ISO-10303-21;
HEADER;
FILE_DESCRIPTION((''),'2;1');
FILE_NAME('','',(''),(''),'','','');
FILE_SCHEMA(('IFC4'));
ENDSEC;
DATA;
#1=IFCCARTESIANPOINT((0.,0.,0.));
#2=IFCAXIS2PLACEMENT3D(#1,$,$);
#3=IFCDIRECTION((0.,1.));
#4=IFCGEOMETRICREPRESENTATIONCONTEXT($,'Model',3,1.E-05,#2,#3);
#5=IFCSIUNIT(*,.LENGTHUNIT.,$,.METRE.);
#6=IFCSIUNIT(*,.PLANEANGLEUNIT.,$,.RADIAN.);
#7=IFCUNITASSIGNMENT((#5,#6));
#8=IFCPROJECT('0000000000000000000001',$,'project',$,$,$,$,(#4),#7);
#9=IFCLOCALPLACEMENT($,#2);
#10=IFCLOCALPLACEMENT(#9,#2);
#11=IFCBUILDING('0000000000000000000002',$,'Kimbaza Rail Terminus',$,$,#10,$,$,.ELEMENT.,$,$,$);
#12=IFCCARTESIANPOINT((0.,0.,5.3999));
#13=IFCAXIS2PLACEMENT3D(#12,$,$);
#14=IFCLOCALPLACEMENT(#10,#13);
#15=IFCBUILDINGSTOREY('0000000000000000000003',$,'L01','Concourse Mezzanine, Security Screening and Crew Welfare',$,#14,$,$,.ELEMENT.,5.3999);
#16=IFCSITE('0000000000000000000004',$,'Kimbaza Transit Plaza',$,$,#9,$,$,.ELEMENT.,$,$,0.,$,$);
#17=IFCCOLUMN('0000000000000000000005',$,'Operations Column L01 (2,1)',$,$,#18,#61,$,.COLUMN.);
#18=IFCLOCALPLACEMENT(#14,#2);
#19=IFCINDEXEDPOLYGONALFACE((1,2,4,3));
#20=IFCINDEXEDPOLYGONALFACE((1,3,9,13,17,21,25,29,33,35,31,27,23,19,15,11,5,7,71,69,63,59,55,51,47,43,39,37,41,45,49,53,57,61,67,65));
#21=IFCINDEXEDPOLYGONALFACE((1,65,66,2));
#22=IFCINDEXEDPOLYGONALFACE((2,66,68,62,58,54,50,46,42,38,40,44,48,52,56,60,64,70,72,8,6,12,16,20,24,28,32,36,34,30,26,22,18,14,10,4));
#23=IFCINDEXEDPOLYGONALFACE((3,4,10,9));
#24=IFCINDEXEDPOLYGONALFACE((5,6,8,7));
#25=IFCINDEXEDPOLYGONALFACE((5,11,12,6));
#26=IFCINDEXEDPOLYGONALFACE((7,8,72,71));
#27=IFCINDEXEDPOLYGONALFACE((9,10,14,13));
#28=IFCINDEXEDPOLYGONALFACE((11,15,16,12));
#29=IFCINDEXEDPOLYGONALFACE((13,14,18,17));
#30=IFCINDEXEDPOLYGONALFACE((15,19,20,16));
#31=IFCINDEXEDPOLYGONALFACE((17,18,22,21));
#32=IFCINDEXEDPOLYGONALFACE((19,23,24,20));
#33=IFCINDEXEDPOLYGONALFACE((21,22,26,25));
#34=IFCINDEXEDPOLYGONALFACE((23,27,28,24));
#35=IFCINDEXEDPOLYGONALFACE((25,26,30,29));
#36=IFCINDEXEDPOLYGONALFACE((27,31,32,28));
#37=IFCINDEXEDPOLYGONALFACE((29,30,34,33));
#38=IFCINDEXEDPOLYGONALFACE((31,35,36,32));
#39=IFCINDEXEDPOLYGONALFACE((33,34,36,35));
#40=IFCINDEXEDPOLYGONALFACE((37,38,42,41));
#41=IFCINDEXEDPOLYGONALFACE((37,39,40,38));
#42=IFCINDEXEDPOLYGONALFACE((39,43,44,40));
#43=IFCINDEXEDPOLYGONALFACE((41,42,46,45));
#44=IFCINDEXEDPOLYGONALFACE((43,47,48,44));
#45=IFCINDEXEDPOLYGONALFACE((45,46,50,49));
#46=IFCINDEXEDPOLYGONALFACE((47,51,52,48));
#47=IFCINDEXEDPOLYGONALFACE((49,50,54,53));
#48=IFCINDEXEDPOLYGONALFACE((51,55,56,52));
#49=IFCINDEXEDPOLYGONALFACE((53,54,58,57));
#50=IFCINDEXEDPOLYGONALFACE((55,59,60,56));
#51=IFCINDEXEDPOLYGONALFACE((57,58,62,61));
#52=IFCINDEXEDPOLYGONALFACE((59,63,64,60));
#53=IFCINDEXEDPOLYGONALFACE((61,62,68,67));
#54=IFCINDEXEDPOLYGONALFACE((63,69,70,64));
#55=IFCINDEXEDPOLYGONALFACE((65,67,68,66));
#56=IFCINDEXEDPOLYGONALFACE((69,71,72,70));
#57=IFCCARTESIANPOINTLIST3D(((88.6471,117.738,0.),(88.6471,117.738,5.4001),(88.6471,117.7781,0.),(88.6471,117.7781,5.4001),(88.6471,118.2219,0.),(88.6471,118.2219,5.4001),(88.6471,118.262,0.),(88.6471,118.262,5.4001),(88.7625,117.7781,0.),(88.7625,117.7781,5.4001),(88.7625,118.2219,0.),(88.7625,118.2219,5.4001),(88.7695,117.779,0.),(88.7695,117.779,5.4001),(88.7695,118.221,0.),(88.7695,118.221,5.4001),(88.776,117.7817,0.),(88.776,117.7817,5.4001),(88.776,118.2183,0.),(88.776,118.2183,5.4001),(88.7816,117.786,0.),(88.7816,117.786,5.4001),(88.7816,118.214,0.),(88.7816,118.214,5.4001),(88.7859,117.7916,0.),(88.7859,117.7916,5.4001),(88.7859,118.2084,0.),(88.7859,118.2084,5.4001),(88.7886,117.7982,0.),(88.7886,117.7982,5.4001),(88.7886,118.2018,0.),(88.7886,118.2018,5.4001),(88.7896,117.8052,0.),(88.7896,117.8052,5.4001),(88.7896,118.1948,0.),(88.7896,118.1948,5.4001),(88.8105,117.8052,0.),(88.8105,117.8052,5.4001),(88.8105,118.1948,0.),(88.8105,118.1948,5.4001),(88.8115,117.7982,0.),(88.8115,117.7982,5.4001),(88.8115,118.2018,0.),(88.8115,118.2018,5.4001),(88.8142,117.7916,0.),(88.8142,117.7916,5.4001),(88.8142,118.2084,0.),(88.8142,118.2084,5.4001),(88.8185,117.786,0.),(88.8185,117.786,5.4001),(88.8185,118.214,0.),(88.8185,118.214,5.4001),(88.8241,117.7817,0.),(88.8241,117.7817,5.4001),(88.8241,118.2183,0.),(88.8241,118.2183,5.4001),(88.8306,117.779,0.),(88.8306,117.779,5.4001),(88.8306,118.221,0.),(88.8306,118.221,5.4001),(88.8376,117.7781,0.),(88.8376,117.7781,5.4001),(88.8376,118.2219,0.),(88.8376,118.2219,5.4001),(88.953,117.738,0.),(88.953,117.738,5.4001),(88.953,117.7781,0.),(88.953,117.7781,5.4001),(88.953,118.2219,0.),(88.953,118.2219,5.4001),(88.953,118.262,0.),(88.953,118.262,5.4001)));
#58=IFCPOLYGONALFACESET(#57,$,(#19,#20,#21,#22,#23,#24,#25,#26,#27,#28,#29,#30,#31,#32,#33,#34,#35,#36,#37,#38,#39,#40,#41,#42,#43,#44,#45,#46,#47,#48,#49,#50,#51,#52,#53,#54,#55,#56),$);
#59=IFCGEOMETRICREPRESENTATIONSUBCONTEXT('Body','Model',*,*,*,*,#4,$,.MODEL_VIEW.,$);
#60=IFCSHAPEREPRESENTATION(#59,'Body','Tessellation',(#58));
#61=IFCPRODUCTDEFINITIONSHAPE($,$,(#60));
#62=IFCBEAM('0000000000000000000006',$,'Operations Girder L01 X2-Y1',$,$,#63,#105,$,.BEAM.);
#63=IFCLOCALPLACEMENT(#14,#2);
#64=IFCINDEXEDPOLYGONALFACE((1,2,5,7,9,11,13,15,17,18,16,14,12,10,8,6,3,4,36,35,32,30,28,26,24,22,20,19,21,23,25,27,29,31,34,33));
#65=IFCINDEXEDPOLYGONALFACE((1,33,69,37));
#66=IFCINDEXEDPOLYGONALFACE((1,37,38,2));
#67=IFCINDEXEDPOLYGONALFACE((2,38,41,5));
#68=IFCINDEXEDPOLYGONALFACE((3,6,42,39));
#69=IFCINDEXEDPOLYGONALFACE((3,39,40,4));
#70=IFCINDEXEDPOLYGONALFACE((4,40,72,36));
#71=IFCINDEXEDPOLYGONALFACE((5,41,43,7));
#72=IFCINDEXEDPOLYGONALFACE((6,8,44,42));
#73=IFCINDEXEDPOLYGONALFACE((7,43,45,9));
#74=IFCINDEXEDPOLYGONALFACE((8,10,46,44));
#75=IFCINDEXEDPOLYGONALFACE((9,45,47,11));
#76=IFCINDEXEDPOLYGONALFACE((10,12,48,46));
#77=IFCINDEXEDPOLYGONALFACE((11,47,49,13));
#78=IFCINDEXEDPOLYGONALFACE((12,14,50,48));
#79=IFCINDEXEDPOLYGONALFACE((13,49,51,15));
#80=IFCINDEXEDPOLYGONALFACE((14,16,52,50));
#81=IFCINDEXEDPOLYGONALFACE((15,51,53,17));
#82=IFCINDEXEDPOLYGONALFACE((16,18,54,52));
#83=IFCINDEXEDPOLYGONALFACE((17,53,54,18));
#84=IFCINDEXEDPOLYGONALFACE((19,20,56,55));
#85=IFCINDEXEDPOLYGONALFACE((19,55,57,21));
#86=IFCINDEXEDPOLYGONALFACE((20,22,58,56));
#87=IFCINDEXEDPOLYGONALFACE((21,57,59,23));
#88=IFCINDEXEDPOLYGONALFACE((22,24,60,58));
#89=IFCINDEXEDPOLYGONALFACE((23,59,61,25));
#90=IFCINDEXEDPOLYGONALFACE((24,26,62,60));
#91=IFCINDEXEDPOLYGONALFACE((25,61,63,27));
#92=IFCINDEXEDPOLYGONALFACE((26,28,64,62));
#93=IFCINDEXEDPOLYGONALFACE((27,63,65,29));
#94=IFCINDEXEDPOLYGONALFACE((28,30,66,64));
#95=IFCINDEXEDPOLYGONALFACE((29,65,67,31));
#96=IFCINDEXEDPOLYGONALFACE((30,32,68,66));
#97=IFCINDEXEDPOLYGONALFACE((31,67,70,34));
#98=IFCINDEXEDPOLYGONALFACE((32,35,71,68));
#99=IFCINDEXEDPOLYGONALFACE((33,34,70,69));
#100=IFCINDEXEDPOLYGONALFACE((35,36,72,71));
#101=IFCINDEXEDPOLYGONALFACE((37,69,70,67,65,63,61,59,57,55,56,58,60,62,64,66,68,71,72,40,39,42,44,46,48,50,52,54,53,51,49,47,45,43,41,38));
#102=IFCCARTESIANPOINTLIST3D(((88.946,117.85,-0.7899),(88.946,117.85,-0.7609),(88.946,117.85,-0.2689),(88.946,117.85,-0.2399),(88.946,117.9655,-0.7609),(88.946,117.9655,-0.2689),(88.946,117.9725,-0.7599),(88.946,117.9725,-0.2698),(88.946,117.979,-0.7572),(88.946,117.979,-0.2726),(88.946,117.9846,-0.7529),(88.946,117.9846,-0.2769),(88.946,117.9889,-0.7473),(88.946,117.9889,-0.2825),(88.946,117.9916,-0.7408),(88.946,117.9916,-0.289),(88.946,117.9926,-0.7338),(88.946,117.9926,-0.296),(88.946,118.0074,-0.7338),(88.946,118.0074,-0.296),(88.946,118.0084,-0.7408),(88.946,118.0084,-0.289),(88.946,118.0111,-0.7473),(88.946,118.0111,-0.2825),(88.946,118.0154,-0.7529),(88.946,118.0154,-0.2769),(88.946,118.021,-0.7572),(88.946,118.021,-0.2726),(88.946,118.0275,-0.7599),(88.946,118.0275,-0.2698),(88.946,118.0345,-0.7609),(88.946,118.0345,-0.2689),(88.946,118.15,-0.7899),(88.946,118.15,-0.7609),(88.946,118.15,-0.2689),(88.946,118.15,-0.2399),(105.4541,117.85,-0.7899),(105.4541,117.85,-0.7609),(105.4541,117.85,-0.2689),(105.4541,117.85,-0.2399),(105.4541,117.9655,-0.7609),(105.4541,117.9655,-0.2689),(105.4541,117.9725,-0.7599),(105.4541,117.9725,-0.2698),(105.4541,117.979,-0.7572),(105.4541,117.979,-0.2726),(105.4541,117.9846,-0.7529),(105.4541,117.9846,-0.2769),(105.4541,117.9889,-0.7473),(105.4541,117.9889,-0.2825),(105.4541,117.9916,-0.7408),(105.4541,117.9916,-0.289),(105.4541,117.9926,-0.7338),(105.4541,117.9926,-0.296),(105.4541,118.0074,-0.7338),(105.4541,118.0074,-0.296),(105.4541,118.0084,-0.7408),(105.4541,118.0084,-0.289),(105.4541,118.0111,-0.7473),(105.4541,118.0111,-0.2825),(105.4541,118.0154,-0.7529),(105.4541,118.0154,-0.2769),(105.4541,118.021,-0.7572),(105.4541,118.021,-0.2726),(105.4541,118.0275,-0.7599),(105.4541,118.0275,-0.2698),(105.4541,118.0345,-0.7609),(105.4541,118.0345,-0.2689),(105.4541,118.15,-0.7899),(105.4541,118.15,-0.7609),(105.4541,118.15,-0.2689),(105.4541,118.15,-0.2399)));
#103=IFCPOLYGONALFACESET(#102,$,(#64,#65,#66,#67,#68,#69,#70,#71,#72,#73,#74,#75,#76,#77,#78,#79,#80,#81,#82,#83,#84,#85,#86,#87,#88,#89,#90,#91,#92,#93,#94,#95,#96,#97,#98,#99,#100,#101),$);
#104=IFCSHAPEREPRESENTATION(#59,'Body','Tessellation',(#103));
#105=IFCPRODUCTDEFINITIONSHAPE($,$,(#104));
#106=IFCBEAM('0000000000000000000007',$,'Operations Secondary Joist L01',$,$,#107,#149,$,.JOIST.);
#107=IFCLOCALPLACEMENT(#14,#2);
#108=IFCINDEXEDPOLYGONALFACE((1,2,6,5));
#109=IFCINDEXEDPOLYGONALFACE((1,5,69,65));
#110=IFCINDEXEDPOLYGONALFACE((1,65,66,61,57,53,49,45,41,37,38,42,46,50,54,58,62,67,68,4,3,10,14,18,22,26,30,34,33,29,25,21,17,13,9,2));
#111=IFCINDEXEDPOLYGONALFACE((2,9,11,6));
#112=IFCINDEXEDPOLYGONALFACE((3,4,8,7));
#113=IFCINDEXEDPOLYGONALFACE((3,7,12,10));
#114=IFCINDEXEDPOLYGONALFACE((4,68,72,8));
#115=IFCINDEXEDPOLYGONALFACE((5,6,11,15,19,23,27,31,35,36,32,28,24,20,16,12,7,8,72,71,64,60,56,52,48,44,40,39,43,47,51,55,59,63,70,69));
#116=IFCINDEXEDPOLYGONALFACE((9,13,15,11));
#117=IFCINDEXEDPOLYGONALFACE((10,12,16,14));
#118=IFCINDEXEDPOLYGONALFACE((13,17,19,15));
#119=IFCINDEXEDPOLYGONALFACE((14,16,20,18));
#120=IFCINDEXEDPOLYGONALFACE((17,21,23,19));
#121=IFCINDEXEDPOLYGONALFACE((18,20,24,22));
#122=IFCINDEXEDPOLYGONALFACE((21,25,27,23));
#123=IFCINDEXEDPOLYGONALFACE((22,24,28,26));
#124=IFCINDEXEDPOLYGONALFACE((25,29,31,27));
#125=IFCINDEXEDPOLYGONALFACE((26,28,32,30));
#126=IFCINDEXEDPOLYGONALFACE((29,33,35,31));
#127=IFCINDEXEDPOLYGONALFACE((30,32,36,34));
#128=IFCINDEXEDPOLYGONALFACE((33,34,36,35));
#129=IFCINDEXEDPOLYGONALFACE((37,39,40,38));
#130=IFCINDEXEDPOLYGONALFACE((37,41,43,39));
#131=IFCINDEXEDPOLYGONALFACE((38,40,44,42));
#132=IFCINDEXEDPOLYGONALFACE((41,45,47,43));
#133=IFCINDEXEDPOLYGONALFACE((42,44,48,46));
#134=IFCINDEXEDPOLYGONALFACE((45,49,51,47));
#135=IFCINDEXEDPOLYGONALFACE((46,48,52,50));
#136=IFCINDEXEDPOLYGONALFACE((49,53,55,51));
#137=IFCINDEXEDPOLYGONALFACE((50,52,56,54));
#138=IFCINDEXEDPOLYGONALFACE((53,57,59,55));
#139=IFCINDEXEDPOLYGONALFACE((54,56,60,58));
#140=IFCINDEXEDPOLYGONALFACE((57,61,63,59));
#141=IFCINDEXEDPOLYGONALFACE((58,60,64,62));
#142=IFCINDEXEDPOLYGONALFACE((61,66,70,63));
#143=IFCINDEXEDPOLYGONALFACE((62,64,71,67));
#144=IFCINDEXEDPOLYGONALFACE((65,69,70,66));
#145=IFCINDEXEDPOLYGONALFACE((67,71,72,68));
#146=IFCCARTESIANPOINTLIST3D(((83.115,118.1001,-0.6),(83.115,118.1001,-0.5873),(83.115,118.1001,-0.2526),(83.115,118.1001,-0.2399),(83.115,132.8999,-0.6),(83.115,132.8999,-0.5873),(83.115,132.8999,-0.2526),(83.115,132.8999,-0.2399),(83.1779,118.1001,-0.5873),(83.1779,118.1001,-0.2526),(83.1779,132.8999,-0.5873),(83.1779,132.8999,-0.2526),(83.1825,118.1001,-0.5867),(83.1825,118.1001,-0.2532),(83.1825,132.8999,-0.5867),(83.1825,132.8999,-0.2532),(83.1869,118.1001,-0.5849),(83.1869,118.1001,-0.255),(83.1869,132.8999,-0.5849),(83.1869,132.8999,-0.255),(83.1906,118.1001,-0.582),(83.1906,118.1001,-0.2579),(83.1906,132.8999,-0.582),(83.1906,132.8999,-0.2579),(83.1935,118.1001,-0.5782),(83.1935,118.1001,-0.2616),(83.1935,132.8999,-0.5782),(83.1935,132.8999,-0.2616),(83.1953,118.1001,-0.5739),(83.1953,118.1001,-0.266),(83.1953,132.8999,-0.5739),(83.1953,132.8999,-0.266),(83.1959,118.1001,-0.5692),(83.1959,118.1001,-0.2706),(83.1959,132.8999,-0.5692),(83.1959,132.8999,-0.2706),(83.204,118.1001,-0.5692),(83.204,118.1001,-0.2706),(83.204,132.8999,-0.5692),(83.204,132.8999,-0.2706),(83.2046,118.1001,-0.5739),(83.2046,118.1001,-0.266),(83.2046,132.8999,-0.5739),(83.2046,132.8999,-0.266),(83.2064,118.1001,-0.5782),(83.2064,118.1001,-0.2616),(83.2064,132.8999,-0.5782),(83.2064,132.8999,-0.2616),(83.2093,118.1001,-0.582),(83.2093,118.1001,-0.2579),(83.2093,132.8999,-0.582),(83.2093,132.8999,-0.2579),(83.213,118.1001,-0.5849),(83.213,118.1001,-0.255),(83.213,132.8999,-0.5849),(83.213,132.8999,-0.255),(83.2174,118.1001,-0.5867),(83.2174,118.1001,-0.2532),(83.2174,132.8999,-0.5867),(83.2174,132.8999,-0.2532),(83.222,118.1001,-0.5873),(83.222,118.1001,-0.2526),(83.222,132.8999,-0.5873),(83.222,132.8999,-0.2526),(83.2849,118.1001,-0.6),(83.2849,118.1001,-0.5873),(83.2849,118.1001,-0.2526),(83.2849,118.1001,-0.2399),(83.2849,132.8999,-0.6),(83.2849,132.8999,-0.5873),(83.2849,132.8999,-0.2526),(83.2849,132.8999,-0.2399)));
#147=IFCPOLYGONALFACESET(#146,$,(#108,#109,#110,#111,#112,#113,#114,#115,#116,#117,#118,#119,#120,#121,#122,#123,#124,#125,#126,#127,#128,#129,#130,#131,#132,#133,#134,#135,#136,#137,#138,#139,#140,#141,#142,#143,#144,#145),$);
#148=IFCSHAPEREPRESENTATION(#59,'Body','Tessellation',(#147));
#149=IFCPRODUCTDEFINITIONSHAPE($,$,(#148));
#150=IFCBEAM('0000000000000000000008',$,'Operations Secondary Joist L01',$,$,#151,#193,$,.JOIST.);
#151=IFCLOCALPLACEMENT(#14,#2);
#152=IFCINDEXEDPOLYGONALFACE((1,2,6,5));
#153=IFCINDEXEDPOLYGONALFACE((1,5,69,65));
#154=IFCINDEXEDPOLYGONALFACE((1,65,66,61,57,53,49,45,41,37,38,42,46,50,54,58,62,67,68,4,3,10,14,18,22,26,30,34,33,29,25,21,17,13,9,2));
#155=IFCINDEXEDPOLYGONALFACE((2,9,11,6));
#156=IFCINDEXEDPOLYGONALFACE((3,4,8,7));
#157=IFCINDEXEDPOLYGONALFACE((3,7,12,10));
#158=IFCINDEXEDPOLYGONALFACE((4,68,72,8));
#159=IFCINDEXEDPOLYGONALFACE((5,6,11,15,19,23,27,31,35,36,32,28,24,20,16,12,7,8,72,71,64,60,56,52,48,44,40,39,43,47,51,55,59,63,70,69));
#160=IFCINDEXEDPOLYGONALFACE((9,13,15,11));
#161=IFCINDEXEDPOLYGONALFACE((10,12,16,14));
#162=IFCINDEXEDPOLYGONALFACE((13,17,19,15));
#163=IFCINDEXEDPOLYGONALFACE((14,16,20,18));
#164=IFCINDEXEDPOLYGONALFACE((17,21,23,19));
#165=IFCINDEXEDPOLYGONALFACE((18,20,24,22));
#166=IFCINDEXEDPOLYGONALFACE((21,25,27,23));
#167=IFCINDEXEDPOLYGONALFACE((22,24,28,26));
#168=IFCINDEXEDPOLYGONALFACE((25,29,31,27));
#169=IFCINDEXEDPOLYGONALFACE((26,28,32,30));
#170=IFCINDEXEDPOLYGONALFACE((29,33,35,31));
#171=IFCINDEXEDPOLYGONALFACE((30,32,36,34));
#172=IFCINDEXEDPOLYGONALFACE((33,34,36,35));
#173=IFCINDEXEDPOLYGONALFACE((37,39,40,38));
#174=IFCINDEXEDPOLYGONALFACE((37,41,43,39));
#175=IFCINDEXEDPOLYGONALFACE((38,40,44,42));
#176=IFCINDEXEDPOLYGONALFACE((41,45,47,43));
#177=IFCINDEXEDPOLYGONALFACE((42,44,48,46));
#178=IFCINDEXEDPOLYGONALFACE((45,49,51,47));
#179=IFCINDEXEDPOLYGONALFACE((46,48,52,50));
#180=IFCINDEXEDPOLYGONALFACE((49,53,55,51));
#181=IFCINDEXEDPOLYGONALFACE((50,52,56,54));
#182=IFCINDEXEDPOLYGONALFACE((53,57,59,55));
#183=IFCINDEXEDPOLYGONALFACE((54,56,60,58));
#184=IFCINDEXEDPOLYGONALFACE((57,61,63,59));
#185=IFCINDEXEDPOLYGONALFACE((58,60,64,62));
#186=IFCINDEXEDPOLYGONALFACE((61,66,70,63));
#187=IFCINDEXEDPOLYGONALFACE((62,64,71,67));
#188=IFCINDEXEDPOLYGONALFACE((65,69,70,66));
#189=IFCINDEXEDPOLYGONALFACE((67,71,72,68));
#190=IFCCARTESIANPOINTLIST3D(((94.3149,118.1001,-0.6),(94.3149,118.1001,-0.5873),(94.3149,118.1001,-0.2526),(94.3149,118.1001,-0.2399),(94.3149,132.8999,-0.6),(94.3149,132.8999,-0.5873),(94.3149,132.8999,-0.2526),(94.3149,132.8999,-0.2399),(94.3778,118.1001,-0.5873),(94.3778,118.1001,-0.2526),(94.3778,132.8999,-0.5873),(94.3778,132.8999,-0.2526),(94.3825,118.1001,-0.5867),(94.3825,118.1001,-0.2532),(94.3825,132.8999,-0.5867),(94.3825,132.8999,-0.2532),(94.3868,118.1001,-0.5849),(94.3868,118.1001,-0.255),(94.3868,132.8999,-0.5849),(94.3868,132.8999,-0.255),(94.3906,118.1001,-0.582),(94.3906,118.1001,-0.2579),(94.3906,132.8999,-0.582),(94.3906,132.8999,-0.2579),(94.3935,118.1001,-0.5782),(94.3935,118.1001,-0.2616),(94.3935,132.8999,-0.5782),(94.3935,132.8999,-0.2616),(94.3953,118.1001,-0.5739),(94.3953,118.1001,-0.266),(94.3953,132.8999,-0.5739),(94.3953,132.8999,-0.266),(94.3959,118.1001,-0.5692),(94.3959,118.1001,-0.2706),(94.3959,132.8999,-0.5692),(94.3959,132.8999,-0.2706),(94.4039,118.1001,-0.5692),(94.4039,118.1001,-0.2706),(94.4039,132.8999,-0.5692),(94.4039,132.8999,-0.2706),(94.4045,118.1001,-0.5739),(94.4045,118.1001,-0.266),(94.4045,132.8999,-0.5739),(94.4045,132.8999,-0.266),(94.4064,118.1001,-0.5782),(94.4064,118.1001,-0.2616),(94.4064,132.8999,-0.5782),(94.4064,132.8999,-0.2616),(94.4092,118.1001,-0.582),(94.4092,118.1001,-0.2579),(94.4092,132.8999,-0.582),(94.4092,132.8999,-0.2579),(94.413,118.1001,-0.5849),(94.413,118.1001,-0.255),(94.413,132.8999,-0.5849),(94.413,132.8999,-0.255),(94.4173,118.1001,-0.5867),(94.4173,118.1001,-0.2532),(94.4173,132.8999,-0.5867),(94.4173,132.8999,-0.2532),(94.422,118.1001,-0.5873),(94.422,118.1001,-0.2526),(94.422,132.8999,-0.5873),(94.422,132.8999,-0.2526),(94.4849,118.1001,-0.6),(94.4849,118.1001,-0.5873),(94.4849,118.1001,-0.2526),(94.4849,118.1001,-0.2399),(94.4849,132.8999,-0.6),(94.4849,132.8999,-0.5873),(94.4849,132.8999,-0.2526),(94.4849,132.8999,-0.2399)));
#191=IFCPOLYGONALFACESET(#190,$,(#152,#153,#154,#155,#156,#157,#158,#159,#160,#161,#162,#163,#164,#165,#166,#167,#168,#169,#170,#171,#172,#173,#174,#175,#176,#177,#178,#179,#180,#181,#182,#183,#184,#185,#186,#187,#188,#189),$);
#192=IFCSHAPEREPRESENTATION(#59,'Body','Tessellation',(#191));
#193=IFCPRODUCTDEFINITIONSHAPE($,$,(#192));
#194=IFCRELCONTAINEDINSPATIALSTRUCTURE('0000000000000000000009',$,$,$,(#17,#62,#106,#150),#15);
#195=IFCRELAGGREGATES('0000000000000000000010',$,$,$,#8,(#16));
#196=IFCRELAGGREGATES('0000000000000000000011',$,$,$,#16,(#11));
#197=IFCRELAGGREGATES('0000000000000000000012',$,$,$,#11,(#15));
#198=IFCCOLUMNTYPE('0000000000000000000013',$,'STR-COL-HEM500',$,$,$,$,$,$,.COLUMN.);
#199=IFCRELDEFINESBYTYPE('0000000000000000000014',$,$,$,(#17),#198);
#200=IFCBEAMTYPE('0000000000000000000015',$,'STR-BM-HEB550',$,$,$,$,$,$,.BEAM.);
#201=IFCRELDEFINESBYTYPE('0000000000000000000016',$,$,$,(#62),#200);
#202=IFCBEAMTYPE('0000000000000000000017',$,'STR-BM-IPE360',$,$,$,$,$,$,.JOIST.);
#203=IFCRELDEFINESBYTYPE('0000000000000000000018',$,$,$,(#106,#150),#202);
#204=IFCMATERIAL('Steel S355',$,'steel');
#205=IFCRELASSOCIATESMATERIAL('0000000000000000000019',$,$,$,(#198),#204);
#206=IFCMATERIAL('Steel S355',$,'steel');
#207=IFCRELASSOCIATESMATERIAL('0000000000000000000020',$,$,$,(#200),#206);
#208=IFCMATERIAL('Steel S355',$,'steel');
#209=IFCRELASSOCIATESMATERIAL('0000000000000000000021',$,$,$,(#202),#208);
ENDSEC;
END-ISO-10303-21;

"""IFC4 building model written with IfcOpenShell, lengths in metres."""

from ifc_helpers import new_model, si_unit, direction, frame, origin, origin_2d, place, context, subcontext, project, spatial, i_section, extrude, material, material_profile, profile_set, type_object, element, save


model = new_model("IFC4")

# Units and contexts
model_context = context("Model", 3, precision=1e-05, world=origin(), true_north=direction((0.0, 1.0)))
body_context = subcontext(model_context, "Body", "Model", "MODEL_VIEW")
ifc_project = project(units=[si_unit("LENGTHUNIT", "METRE"), si_unit("PLANEANGLEUNIT", "RADIAN")], contexts=[model_context])

# Site, building, storey
site_placement = place(None, origin())
site = spatial("IfcSite", under=ifc_project, at=site_placement, Name="Kimbaza Transit Plaza", CompositionType="ELEMENT", RefElevation=0.0)
building_placement = place(site_placement, origin())
building = spatial("IfcBuilding", under=site, at=building_placement, Name="Kimbaza Rail Terminus", CompositionType="ELEMENT")
storey_placement = place(building_placement, frame((0.0, 0.0, 5.3999)))
storey = spatial("IfcBuildingStorey", under=building, at=storey_placement, Name="L01", Description="Concourse Mezzanine, Security Screening and Crew Welfare", CompositionType="ELEMENT", Elevation=5.3999)

# Column
ifc_material_1 = material(Name="Steel S355", Category="steel")
ifc_material_profile_1 = material_profile(ifc_material_1, i_section(OverallWidth=0.3059, OverallDepth=0.5239, WebThickness=0.021, FlangeThickness=0.04, FilletRadius=0.0271, at=origin_2d()), Name="HEM 500")
ifc_profile_set_1 = profile_set([ifc_material_profile_1], Name="Steel S355")
column_type = type_object("IfcColumnType", Name="STR-COL-HEM500", PredefinedType="COLUMN", material=ifc_profile_set_1)
column_placement = place(storey_placement, frame((88.8, 118.0, 0.0), z_axis=(0.0, 0.0, 1.0), x_axis=(1.0, 0.0, 0.0)))
element("IfcColumn", 1, at=column_placement, inside=storey, type_object=column_type, Name="Operations Column L01 (2,1)", PredefinedType="COLUMN", context=body_context, shape_type="SweptSolid", body=[
    extrude(i_section(OverallWidth=0.3059, OverallDepth=0.5239, WebThickness=0.021, FlangeThickness=0.04, FilletRadius=0.0271, at=origin_2d()), origin(), (0.0, 0.0, 1.0), 5.4001),
])

# Beams
ifc_material_2 = material(Name="Steel S355", Category="steel")
ifc_material_profile_2 = material_profile(ifc_material_2, i_section(OverallWidth=0.3, OverallDepth=0.55, WebThickness=0.0149, FlangeThickness=0.0291, FilletRadius=0.0271, at=origin_2d()), Name="HEB 550")
ifc_profile_set_2 = profile_set([ifc_material_profile_2], Name="Steel S355")
beam_type_1 = type_object("IfcBeamType", Name="STR-BM-HEB550", PredefinedType="BEAM", material=ifc_profile_set_2)
beam_placement = place(storey_placement, frame((88.946, 118.0, -0.5149), z_axis=(1.0, 0.0, 0.0), x_axis=(0.0, 1.0, 0.0)))
element("IfcBeam", 2, at=beam_placement, inside=storey, type_object=beam_type_1, Name="Operations Girder L01 X2-Y1", PredefinedType="BEAM", context=body_context, shape_type="SweptSolid", body=[
    extrude(i_section(OverallWidth=0.3, OverallDepth=0.55, WebThickness=0.0149, FlangeThickness=0.0291, FilletRadius=0.0271, at=origin_2d()), origin(), (0.0, 0.0, 1.0), 16.5081),
])
ifc_material_3 = material(Name="Steel S355", Category="steel")
ifc_material_profile_3 = material_profile(ifc_material_3, i_section(OverallWidth=0.1699, OverallDepth=0.3601, WebThickness=0.0081, FlangeThickness=0.0127, FilletRadius=0.0181, at=origin_2d()), Name="IPE 360")
ifc_profile_set_3 = profile_set([ifc_material_profile_3], Name="Steel S355")
beam_type_2 = type_object("IfcBeamType", Name="STR-BM-IPE360", PredefinedType="JOIST", material=ifc_profile_set_3)
for number, where, z_axis, x_axis, name in (
    (3, (83.2, 118.1001, -0.4199), (0.0, 1.0, 0.0), (-1.0, 0.0, 0.0), "Operations Secondary Joist L01"),
    (4, (94.3999, 118.1001, -0.4199), (0.0, 1.0, 0.0), (-1.0, 0.0, 0.0), "Operations Secondary Joist L01"),
):
    element("IfcBeam", number, at=place(storey_placement, frame(where, z_axis=z_axis, x_axis=x_axis)), inside=storey, type_object=beam_type_2, Name=name, PredefinedType="JOIST", context=body_context, shape_type="SweptSolid", body=[
        extrude(i_section(OverallWidth=0.1699, OverallDepth=0.3601, WebThickness=0.0081, FlangeThickness=0.0127, FilletRadius=0.0181, at=origin_2d()), origin(), (0.0, 0.0, 1.0), 14.7998),
    ])

save(model, "model.ifc")
